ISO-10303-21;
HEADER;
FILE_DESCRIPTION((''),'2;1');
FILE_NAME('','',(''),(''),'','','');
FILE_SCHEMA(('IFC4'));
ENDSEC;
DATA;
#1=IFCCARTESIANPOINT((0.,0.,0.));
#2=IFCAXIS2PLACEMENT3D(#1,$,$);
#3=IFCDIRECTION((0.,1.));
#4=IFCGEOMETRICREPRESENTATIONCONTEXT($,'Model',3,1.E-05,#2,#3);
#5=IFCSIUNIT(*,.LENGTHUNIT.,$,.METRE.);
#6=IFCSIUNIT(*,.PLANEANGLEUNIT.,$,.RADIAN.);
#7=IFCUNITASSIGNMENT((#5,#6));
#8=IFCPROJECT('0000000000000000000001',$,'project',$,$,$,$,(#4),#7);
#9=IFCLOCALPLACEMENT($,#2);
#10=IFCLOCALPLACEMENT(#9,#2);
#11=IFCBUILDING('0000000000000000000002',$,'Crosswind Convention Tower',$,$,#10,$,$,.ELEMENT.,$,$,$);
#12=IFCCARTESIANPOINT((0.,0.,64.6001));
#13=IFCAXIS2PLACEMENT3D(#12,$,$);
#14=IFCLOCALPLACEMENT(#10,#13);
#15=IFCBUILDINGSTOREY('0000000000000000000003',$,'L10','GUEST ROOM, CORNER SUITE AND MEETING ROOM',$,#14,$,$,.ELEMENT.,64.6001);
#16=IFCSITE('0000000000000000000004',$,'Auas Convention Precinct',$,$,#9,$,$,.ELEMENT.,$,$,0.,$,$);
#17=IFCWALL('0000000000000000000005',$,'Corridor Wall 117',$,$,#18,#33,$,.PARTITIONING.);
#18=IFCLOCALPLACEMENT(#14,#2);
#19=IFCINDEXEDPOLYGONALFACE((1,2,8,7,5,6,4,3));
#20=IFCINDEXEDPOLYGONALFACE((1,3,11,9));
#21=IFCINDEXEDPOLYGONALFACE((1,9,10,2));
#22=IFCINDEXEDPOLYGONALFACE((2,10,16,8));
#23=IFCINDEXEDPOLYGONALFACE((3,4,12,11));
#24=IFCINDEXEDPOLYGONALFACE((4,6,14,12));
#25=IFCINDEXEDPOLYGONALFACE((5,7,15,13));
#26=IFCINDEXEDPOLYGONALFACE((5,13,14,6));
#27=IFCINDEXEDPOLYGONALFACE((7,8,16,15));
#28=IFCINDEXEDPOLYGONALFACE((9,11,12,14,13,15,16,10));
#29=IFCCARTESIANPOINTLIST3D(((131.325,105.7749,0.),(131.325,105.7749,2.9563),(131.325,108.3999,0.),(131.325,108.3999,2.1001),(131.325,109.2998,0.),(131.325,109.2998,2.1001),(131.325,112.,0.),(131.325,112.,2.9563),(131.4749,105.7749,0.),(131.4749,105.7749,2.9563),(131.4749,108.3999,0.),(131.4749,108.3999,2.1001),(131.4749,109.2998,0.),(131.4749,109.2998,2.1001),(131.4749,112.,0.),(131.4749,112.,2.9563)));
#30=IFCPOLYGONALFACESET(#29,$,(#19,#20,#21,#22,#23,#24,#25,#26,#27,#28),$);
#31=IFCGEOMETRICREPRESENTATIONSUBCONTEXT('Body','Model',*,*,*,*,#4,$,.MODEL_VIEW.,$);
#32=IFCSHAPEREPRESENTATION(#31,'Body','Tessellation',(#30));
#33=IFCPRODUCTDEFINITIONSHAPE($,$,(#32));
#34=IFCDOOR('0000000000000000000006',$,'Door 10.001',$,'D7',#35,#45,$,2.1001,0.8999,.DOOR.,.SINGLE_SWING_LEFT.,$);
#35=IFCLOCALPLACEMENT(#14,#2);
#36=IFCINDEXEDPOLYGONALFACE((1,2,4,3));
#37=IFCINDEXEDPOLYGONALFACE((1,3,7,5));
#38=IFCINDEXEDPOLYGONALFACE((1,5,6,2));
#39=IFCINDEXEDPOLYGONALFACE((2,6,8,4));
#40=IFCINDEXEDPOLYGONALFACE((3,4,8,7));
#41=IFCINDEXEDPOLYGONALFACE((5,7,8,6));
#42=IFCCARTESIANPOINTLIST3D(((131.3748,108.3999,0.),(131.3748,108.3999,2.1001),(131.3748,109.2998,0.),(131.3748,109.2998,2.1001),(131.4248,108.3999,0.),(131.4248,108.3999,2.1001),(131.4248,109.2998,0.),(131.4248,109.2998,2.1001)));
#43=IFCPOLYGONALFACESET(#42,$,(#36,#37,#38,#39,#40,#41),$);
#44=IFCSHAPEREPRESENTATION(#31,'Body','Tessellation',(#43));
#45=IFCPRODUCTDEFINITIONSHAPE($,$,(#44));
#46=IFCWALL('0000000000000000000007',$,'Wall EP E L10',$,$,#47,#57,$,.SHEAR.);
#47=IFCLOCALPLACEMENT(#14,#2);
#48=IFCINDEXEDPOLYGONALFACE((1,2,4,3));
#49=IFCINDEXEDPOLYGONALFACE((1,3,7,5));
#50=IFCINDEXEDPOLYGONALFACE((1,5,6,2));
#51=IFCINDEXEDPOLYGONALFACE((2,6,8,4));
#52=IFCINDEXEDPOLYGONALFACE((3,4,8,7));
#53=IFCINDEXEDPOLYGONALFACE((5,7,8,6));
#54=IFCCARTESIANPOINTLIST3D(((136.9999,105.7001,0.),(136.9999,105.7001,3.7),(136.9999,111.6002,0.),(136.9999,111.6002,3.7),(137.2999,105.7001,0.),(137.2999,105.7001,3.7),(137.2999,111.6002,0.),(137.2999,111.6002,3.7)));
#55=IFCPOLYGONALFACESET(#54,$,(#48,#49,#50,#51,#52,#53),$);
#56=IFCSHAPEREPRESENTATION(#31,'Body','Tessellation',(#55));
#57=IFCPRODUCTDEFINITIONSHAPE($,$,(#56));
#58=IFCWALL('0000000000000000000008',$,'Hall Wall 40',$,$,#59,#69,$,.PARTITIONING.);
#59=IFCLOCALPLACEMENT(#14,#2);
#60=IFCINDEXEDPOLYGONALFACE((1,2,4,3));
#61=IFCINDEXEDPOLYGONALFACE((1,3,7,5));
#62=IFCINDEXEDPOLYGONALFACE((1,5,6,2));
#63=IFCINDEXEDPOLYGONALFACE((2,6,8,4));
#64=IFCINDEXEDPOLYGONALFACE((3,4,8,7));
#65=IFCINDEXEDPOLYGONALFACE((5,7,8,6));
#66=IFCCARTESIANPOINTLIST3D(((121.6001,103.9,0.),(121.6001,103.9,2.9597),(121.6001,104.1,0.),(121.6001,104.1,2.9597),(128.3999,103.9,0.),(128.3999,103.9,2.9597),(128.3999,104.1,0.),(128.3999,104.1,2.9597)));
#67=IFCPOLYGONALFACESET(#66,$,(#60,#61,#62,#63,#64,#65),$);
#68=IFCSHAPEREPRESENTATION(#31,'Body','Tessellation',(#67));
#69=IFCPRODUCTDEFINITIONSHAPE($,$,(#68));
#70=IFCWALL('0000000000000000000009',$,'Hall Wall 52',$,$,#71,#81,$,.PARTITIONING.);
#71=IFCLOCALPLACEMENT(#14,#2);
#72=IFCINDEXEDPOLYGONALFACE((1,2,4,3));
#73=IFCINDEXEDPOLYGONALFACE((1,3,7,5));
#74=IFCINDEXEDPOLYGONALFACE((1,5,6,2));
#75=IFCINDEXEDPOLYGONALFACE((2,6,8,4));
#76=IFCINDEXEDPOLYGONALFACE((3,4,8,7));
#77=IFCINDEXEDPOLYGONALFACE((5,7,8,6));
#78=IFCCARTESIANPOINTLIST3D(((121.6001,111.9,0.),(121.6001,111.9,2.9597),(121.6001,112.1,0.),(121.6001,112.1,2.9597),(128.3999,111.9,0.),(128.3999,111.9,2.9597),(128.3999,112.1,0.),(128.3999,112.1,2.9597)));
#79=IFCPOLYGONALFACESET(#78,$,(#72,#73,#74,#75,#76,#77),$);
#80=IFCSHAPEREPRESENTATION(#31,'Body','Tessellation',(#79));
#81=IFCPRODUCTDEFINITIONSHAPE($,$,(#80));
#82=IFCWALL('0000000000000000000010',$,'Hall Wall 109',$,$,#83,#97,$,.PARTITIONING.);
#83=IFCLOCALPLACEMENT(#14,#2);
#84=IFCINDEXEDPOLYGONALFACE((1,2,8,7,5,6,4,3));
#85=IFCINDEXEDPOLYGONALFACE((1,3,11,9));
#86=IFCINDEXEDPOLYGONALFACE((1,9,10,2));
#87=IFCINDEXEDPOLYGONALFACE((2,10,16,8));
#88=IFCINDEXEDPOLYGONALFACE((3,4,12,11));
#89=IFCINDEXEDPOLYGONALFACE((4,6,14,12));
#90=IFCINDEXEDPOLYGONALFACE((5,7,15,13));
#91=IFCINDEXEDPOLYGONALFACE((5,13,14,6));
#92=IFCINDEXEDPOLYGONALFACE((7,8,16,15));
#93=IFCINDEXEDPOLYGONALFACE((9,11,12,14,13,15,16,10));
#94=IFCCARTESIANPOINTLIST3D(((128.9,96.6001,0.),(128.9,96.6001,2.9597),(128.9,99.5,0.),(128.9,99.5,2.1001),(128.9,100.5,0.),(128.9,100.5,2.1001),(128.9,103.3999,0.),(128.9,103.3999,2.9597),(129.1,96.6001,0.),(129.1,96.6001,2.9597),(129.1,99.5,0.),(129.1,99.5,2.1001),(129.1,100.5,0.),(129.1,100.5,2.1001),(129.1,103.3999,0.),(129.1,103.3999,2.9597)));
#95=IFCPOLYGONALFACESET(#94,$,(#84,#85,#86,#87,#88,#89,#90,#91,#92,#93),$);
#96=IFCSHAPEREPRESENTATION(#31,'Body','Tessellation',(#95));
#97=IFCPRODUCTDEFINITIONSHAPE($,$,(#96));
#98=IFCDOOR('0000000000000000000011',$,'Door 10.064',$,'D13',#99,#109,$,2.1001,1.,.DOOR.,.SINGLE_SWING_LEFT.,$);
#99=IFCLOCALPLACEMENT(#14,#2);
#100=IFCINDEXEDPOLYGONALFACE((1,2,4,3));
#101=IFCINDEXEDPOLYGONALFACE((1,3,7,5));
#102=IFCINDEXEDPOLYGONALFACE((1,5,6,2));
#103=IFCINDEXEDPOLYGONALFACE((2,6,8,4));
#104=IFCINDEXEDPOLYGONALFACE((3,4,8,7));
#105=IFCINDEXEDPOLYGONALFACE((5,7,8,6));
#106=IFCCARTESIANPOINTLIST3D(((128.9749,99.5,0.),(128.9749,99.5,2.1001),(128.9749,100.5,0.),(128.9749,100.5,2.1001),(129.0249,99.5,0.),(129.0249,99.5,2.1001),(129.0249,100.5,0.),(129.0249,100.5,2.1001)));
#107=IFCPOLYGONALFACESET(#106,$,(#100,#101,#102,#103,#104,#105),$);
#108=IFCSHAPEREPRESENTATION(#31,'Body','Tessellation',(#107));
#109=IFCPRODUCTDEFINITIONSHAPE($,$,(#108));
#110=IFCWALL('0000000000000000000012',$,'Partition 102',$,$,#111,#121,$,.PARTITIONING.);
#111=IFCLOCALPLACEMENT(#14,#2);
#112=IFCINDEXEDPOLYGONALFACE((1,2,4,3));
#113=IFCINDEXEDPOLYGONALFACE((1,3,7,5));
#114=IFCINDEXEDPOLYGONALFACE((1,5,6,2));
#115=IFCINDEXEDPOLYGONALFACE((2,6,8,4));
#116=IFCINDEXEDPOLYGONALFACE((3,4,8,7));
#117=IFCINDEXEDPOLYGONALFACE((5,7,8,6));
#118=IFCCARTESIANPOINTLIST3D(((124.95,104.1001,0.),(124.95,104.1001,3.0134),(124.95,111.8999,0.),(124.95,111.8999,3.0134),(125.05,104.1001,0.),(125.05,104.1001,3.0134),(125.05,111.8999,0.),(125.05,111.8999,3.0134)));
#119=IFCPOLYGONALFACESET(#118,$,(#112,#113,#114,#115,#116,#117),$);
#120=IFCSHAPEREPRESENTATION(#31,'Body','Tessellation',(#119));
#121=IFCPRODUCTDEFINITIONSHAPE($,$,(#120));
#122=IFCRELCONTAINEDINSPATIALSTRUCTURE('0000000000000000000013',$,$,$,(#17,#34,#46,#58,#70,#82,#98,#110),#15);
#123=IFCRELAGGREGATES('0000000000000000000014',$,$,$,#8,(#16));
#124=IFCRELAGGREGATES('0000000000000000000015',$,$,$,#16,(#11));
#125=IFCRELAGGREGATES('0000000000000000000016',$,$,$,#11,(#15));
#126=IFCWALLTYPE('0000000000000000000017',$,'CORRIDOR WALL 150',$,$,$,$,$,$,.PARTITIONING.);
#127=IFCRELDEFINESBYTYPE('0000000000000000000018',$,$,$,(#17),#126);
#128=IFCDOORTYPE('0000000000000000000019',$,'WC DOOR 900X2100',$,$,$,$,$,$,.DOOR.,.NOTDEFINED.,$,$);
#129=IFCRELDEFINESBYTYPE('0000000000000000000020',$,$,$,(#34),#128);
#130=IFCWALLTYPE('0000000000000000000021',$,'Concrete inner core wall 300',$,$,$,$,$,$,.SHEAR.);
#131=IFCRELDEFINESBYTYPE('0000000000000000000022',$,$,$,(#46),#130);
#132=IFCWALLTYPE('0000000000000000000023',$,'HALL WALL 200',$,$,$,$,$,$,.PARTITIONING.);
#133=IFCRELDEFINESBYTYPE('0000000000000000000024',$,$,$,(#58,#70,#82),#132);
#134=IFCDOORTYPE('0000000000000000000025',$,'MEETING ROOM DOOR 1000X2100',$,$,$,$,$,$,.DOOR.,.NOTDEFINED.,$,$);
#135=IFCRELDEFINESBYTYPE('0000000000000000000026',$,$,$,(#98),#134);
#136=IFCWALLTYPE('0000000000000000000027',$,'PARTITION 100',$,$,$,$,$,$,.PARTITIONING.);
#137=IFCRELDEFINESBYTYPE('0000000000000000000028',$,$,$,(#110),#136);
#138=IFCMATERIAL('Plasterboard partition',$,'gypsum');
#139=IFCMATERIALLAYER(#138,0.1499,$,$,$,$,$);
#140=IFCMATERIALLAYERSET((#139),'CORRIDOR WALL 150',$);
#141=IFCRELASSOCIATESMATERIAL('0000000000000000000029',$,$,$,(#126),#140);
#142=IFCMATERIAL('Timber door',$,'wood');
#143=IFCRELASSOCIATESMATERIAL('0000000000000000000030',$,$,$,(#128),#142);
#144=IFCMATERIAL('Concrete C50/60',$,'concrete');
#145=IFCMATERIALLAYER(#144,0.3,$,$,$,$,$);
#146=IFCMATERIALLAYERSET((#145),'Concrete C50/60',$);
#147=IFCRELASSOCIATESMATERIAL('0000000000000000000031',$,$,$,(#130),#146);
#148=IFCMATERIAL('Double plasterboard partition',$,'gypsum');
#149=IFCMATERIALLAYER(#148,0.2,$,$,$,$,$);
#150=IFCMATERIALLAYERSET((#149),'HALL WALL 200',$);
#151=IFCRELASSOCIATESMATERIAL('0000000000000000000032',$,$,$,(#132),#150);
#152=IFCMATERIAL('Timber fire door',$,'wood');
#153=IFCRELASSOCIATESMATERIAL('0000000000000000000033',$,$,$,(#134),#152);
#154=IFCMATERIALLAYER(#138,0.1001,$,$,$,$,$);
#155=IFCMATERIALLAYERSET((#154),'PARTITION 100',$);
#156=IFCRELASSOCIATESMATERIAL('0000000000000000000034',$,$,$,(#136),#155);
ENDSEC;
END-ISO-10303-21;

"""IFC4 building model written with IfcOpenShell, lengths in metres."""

from ifc_helpers import new_model, si_unit, direction, frame, frame_2d, origin, place, context, subcontext, project, spatial, rectangle, extrude, material, layer, layer_set, type_object, element, fill, save


model = new_model("IFC4")

# Units and contexts
model_context = context("Model", 3, precision=1e-05, world=origin(), true_north=direction((0.0, 1.0)))
body_context = subcontext(model_context, "Body", "Model", "MODEL_VIEW")
ifc_project = project(units=[si_unit("LENGTHUNIT", "METRE"), si_unit("PLANEANGLEUNIT", "RADIAN")], contexts=[model_context])

# Site, building, storey
site_placement = place(None, origin())
site = spatial("IfcSite", under=ifc_project, at=site_placement, Name="Auas Convention Precinct", CompositionType="ELEMENT", RefElevation=0.0)
building_placement = place(site_placement, origin())
building = spatial("IfcBuilding", under=site, at=building_placement, Name="Crosswind Convention Tower", CompositionType="ELEMENT")
storey_placement = place(building_placement, frame((0.0, 0.0, 64.6001)))
storey = spatial("IfcBuildingStorey", under=building, at=storey_placement, Name="L10", Description="GUEST ROOM, CORNER SUITE AND MEETING ROOM", CompositionType="ELEMENT", Elevation=64.6001)

# Shared definitions
ifc_material_1 = material(Name="Plasterboard partition", Category="gypsum")
ifc_layer_1 = layer(ifc_material_1, 0.1499)
ifc_layer_set_1 = layer_set([ifc_layer_1], Name="CORRIDOR WALL 150")
wall_type_1 = type_object("IfcWallType", Name="CORRIDOR WALL 150", PredefinedType="PARTITIONING", material=ifc_layer_set_1)

# Wall, opening, door
ifc_material_2 = material(Name="Timber fire door", Category="wood")
wall_1_placement = place(storey_placement, frame((131.3999, 105.7749, 0.0), z_axis=(0.0, 0.0, 1.0), x_axis=(0.0, 1.0, 0.0)))
wall_1 = element("IfcWall", 1, at=wall_1_placement, inside=storey, type_object=wall_type_1, Name="Corridor Wall 117", PredefinedType="PARTITIONING", context=body_context, shape_type="SweptSolid", body=[
    extrude(rectangle(XDim=6.2251, YDim=0.1499, at=frame_2d((3.1125, 0.0))), origin(), (0.0, 0.0, 1.0), 2.9563),
])
opening_1_placement = place(wall_1_placement, frame((2.625, 0.0, 0.0)))
opening_1 = element("IfcOpeningElement", 2, at=opening_1_placement, cuts=wall_1, PredefinedType="OPENING", context=body_context, shape_type="SweptSolid", body=[
    extrude(rectangle(XDim=0.8999, YDim=2.1001, at=frame_2d((0.45, 1.05))), frame((0.0, 0.085, 0.0), z_axis=(0.0, -1.0, 0.0), x_axis=(1.0, 0.0, 0.0)), (0.0, 0.0, 1.0), 0.1699),
])
ifc_material_3 = material(Name="Timber door", Category="wood")
door_type_1 = type_object("IfcDoorType", Name="WC DOOR 900X2100", OperationType="NOTDEFINED", PredefinedType="DOOR", material=ifc_material_3)
door_1_placement = place(opening_1_placement, frame((0.8999, 0.0, 0.0), z_axis=(0.0, 0.0, 1.0), x_axis=(-1.0, 0.0, 0.0)))
door_1 = element("IfcDoor", 3, at=door_1_placement, inside=storey, type_object=door_type_1, Name="Door 10.001", ObjectType="D7", OperationType="SINGLE_SWING_LEFT", OverallHeight=2.1001, OverallWidth=0.8999, PredefinedType="DOOR", context=body_context, shape_type="SweptSolid", body=[
    extrude(rectangle(XDim=0.8999, YDim=2.1001, at=frame_2d((0.45, 1.05))), frame((0.0, 0.0249, 0.0), z_axis=(0.0, -1.0, 0.0), x_axis=(1.0, 0.0, 0.0)), (0.0, 0.0, 1.0), 0.05),
])
fill(opening_1, door_1)

# Walls
ifc_material_4 = material(Name="Concrete C50/60", Category="concrete")
ifc_layer_2 = layer(ifc_material_4, 0.3)
ifc_layer_set_2 = layer_set([ifc_layer_2], Name="Concrete C50/60")
wall_type_2 = type_object("IfcWallType", Name="Concrete inner core wall 300", PredefinedType="SHEAR", material=ifc_layer_set_2)
wall_2_placement = place(storey_placement, frame((137.1499, 105.7, 0.0), z_axis=(0.0, 0.0, 1.0), x_axis=(0.0, 1.0, 0.0)))
element("IfcWall", 4, at=wall_2_placement, inside=storey, type_object=wall_type_2, Name="Wall EP E L10", PredefinedType="SHEAR", context=body_context, shape_type="SweptSolid", body=[
    extrude(rectangle(XDim=5.9001, YDim=0.3, at=frame_2d((2.9502, 0.0))), origin(), (0.0, 0.0, 1.0), 3.7),
])
ifc_material_5 = material(Name="Double plasterboard partition", Category="gypsum")
ifc_layer_3 = layer(ifc_material_5, 0.2)
ifc_layer_set_3 = layer_set([ifc_layer_3], Name="HALL WALL 200")
wall_type_3 = type_object("IfcWallType", Name="HALL WALL 200", PredefinedType="PARTITIONING", material=ifc_layer_set_3)
for number, where, z_axis, x_axis, name in (
    (5, (121.6001, 104.0, 0.0), (0.0, 0.0, 1.0), (1.0, 0.0, 0.0), "Hall Wall 40"),
    (6, (121.6001, 112.0, 0.0), (0.0, 0.0, 1.0), (1.0, 0.0, 0.0), "Hall Wall 52"),
):
    element("IfcWall", number, at=place(storey_placement, frame(where, z_axis=z_axis, x_axis=x_axis)), inside=storey, type_object=wall_type_3, Name=name, PredefinedType="PARTITIONING", context=body_context, shape_type="SweptSolid", body=[
        extrude(rectangle(XDim=6.7998, YDim=0.2, at=frame_2d((3.3999, 0.0))), origin(), (0.0, 0.0, 1.0), 2.9597),
    ])

# Wall, opening, door
wall_3_placement = place(storey_placement, frame((129.0, 96.6001, 0.0), z_axis=(0.0, 0.0, 1.0), x_axis=(0.0, 1.0, 0.0)))
wall_3 = element("IfcWall", 7, at=wall_3_placement, inside=storey, type_object=wall_type_3, Name="Hall Wall 109", PredefinedType="PARTITIONING", context=body_context, shape_type="SweptSolid", body=[
    extrude(rectangle(XDim=6.7998, YDim=0.2, at=frame_2d((3.3999, 0.0))), origin(), (0.0, 0.0, 1.0), 2.9597),
])
opening_2_placement = place(wall_3_placement, frame((2.8999, 0.0, 0.0)))
opening_2 = element("IfcOpeningElement", 8, at=opening_2_placement, cuts=wall_3, PredefinedType="OPENING", context=body_context, shape_type="SweptSolid", body=[
    extrude(rectangle(XDim=1.0, YDim=2.1001, at=frame_2d((0.5, 1.05))), frame((0.0, 0.1099, 0.0), z_axis=(0.0, -1.0, 0.0), x_axis=(1.0, 0.0, 0.0)), (0.0, 0.0, 1.0), 0.22),
])
door_type_2 = type_object("IfcDoorType", Name="MEETING ROOM DOOR 1000X2100", OperationType="NOTDEFINED", PredefinedType="DOOR", material=ifc_material_2)
door_2_placement = place(opening_2_placement, frame((1.0, 0.0, 0.0), z_axis=(0.0, 0.0, 1.0), x_axis=(-1.0, 0.0, 0.0)))
door_2 = element("IfcDoor", 9, at=door_2_placement, inside=storey, type_object=door_type_2, Name="Door 10.064", ObjectType="D13", OperationType="SINGLE_SWING_LEFT", OverallHeight=2.1001, OverallWidth=1.0, PredefinedType="DOOR", context=body_context, shape_type="SweptSolid", body=[
    extrude(rectangle(XDim=1.0, YDim=2.1001, at=frame_2d((0.5, 1.05))), frame((0.0, 0.0249, 0.0), z_axis=(0.0, -1.0, 0.0), x_axis=(1.0, 0.0, 0.0)), (0.0, 0.0, 1.0), 0.05),
])
fill(opening_2, door_2)

# Wall
ifc_layer_4 = layer(ifc_material_1, 0.1001)
ifc_layer_set_4 = layer_set([ifc_layer_4], Name="PARTITION 100")
wall_type_4 = type_object("IfcWallType", Name="PARTITION 100", PredefinedType="PARTITIONING", material=ifc_layer_set_4)
wall_4_placement = place(storey_placement, frame((125.0, 104.1001, 0.0), z_axis=(0.0, 0.0, 1.0), x_axis=(0.0, 1.0, 0.0)))
element("IfcWall", 10, at=wall_4_placement, inside=storey, type_object=wall_type_4, Name="Partition 102", PredefinedType="PARTITIONING", context=body_context, shape_type="SweptSolid", body=[
    extrude(rectangle(XDim=7.7998, YDim=0.1001, at=frame_2d((3.8999, 0.0))), origin(), (0.0, 0.0, 1.0), 3.0134),
])

save(model, "model.ifc")
